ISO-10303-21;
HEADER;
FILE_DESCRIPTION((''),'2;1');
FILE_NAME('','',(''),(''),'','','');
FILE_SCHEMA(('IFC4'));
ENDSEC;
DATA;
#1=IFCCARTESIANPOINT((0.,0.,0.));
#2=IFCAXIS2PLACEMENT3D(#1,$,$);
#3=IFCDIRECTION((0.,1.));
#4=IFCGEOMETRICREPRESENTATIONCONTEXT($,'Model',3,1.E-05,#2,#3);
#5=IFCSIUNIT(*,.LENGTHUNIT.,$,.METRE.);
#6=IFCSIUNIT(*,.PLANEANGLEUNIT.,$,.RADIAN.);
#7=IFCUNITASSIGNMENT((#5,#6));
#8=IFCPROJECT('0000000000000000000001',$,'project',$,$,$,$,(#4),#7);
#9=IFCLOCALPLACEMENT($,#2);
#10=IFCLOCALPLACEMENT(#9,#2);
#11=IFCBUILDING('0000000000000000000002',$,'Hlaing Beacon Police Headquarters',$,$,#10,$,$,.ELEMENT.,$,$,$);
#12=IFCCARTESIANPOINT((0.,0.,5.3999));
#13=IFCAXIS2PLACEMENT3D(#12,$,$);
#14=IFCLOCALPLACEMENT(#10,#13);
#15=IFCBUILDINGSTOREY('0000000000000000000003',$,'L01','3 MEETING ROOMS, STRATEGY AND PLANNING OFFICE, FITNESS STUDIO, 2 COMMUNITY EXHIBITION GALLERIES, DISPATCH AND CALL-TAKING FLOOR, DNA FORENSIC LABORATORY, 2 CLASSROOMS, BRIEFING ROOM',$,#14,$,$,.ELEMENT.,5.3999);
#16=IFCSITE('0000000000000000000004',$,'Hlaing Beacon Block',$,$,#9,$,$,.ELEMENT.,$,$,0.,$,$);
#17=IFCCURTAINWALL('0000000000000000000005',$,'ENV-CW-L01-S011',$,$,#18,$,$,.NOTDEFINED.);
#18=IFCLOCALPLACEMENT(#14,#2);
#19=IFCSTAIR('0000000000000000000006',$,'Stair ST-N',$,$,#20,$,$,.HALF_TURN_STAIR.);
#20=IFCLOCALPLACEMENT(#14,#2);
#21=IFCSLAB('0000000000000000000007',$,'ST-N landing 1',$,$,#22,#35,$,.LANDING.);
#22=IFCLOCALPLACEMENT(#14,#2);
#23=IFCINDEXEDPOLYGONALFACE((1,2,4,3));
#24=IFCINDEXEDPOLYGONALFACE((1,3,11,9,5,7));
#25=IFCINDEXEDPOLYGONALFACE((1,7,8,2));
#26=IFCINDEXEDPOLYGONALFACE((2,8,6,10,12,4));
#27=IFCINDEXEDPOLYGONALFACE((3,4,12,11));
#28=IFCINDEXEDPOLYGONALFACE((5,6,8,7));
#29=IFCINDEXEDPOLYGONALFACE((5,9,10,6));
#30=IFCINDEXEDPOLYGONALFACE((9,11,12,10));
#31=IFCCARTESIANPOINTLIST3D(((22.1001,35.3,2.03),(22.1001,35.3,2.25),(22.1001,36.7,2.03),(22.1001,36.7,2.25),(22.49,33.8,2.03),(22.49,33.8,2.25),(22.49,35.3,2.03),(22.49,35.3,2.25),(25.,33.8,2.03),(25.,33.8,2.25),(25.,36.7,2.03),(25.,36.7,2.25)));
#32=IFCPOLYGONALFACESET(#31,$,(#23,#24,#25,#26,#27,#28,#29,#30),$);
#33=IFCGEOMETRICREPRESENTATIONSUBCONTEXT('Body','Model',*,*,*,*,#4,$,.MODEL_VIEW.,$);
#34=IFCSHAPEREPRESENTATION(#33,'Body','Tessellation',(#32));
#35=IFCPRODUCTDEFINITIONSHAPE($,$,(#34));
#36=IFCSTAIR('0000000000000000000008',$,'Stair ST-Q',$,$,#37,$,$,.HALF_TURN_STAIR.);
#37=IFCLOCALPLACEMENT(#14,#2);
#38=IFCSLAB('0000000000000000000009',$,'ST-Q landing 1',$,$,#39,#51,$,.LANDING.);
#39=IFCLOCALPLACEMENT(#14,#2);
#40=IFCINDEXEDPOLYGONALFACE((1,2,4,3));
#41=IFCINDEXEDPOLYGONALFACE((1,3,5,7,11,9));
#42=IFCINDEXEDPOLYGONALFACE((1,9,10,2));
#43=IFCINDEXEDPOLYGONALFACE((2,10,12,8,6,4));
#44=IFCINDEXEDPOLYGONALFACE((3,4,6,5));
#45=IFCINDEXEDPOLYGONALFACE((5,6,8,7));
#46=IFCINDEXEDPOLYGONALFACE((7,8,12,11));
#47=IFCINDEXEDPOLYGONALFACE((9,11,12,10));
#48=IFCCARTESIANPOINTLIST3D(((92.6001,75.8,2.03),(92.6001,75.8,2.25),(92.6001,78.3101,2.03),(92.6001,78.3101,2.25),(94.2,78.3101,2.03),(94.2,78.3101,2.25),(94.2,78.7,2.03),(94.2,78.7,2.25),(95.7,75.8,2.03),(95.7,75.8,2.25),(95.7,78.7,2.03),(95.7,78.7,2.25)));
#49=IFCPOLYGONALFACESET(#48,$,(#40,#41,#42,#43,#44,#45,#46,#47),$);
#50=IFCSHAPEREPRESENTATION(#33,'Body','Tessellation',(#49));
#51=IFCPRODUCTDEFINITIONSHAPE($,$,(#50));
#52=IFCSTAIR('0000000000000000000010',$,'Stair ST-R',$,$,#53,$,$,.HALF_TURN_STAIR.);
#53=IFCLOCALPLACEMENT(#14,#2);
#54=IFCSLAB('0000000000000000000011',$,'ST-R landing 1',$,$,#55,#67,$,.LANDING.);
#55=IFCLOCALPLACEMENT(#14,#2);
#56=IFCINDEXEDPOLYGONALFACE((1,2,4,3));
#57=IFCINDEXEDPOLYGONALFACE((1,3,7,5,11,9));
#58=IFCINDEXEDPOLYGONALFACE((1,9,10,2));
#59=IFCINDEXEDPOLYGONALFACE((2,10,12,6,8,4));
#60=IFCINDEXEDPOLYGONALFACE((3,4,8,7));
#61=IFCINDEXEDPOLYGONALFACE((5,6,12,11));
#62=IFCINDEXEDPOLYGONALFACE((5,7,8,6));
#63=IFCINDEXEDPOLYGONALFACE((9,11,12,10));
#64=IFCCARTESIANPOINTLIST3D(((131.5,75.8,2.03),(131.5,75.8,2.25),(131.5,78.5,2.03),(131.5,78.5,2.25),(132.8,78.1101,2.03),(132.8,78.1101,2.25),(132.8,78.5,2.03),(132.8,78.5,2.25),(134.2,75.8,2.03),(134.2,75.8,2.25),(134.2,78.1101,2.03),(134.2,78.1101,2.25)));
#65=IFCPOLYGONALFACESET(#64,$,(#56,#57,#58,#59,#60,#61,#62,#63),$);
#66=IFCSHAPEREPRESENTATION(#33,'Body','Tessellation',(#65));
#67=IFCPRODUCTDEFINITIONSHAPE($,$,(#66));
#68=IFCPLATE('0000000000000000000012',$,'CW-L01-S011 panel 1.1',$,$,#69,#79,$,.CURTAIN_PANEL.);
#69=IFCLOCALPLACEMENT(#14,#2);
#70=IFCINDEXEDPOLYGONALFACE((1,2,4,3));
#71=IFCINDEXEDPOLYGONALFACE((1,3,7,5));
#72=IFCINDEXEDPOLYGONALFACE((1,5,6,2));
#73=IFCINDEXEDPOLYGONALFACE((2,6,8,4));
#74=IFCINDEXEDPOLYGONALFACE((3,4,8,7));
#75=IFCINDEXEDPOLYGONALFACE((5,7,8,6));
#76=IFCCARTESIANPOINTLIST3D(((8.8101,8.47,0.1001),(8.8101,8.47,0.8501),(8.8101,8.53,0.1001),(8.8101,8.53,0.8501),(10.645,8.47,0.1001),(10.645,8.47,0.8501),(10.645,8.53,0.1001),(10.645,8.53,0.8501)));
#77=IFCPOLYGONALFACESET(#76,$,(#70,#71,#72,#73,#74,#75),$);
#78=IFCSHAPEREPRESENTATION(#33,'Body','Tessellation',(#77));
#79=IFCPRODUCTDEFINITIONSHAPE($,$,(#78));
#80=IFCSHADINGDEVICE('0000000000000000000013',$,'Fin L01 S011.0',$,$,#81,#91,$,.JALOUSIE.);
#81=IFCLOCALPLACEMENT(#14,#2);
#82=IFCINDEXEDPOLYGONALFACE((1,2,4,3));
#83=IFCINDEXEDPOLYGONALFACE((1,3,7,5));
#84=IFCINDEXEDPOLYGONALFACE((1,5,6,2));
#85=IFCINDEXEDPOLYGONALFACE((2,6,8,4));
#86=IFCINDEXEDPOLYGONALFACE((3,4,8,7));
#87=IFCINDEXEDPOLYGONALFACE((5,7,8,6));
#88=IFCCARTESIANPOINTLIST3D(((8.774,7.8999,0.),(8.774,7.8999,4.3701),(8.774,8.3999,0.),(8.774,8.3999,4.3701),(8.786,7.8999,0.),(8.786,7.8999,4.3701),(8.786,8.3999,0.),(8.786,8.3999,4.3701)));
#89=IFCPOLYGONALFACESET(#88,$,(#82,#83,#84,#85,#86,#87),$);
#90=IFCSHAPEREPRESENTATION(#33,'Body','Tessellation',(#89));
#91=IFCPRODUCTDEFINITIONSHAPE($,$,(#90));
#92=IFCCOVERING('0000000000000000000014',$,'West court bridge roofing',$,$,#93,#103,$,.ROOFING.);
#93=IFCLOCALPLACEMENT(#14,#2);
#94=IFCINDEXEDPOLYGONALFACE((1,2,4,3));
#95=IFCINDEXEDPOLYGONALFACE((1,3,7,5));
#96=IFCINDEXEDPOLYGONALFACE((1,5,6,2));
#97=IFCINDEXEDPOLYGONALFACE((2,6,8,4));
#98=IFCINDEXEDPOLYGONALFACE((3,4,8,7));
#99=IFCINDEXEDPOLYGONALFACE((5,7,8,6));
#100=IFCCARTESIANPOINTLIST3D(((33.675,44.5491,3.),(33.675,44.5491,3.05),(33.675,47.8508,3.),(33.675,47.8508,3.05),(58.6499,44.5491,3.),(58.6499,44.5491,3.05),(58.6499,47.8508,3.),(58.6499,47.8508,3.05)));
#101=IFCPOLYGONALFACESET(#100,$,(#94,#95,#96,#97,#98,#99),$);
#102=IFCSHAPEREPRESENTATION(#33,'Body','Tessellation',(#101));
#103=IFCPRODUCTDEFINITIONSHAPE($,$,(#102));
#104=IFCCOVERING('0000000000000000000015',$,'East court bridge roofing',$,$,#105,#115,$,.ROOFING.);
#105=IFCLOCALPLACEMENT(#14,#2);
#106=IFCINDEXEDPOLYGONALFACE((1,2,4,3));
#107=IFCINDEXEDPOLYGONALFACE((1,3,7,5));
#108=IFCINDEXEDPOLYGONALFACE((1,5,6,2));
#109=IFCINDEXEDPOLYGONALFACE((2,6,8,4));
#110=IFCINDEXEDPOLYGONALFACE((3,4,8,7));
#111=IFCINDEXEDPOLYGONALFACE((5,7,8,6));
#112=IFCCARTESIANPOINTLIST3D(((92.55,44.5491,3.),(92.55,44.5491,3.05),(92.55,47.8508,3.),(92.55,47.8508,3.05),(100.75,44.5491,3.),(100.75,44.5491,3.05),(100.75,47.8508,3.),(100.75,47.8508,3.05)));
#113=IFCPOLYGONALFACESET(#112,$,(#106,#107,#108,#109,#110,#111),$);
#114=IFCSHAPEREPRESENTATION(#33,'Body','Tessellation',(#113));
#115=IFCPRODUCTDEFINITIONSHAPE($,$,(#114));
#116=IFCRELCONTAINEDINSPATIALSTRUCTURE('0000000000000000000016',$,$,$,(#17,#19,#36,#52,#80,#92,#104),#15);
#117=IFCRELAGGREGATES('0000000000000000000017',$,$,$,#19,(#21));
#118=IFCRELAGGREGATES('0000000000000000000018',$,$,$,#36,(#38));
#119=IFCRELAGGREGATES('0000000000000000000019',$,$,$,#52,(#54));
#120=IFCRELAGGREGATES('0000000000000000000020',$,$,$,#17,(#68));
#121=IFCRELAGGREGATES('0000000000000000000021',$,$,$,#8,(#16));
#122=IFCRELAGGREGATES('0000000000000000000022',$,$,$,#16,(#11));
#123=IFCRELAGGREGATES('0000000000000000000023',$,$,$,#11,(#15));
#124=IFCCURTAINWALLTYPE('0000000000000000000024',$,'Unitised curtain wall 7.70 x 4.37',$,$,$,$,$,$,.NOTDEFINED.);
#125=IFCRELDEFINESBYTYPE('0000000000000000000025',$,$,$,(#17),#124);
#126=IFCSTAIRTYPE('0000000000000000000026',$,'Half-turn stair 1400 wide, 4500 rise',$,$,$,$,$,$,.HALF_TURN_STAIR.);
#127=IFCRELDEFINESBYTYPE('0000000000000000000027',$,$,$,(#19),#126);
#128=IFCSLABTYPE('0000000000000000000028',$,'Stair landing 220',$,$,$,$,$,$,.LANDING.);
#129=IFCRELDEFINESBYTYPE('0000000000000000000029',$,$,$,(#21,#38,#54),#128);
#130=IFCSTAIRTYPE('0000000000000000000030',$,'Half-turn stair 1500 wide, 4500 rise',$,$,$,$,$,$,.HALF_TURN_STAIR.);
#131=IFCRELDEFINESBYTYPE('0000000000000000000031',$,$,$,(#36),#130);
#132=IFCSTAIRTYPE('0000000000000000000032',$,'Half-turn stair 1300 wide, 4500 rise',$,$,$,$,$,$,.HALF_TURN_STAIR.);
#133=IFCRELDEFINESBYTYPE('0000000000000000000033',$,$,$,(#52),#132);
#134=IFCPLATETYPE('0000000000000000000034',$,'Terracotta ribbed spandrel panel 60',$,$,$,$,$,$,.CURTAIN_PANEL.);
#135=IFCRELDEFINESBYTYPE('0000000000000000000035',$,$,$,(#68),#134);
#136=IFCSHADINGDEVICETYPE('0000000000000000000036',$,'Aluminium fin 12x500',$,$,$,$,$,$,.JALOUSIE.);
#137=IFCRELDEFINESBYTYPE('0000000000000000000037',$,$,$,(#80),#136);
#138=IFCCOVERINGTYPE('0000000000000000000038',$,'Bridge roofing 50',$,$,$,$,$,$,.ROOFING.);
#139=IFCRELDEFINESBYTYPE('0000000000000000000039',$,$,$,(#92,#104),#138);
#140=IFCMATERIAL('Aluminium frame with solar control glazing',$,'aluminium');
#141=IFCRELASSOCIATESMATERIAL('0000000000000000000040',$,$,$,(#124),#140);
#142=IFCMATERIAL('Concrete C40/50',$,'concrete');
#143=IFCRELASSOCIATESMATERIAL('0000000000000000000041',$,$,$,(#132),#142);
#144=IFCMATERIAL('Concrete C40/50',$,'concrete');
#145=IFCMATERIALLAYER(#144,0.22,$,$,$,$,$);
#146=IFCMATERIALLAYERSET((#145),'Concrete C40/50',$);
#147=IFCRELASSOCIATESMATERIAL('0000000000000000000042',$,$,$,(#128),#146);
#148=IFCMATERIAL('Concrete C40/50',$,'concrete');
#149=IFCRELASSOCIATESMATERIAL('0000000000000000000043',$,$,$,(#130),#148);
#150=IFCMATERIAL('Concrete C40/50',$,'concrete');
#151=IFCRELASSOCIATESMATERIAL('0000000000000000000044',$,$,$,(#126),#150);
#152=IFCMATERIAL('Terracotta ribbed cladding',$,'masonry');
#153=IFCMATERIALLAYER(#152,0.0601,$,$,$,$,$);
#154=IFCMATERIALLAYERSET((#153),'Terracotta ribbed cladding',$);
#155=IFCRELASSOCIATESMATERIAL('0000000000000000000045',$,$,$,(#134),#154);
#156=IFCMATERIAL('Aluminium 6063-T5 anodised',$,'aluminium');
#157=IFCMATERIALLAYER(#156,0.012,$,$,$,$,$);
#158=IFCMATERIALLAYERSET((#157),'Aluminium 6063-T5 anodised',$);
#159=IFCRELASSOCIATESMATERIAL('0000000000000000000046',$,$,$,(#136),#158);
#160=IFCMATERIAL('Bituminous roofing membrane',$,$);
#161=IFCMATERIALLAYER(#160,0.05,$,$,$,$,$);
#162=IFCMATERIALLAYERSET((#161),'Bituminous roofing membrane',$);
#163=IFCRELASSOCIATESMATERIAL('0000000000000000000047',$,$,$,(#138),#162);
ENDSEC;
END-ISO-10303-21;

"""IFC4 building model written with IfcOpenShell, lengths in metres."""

from ifc_helpers import new_model, si_unit, direction, frame, origin, origin_2d, place, context, subcontext, project, spatial, polyline, rectangle, outline, extrude, material, layer, layer_set, type_object, element, aggregate, save


model = new_model("IFC4")

# Units and contexts
model_context = context("Model", 3, precision=1e-05, world=origin(), true_north=direction((0.0, 1.0)))
body_context = subcontext(model_context, "Body", "Model", "MODEL_VIEW")
ifc_project = project(units=[si_unit("LENGTHUNIT", "METRE"), si_unit("PLANEANGLEUNIT", "RADIAN")], contexts=[model_context])

# Site, building, storey
site_placement = place(None, origin())
site = spatial("IfcSite", under=ifc_project, at=site_placement, Name="Hlaing Beacon Block", CompositionType="ELEMENT", RefElevation=0.0)
building_placement = place(site_placement, origin())
building = spatial("IfcBuilding", under=site, at=building_placement, Name="Hlaing Beacon Police Headquarters", CompositionType="ELEMENT")
storey_placement = place(building_placement, frame((0.0, 0.0, 5.3999)))
storey = spatial("IfcBuildingStorey", under=building, at=storey_placement, Name="L01", Description="3 MEETING ROOMS, STRATEGY AND PLANNING OFFICE, FITNESS STUDIO, 2 COMMUNITY EXHIBITION GALLERIES, DISPATCH AND CALL-TAKING FLOOR, DNA FORENSIC LABORATORY, 2 CLASSROOMS, BRIEFING ROOM", CompositionType="ELEMENT", Elevation=5.3999)

# Curtain wall
ifc_material_1 = material(Name="Aluminium frame with solar control glazing", Category="aluminium")
curtain_wall_type = type_object("IfcCurtainWallType", Name="Unitised curtain wall 7.70 x 4.37", PredefinedType="NOTDEFINED", material=ifc_material_1)
curtain_wall_placement = place(storey_placement, origin())
curtain_wall = element("IfcCurtainWall", 1, at=curtain_wall_placement, inside=storey, type_object=curtain_wall_type, Name="ENV-CW-L01-S011", PredefinedType="NOTDEFINED")

# Stairs, slabs
ifc_material_2 = material(Name="Concrete C40/50", Category="concrete")
stair_type_1 = type_object("IfcStairType", Name="Half-turn stair 1300 wide, 4500 rise", PredefinedType="HALF_TURN_STAIR", material=ifc_material_2)
ifc_material_3 = material(Name="Concrete C40/50", Category="concrete")
ifc_layer_1 = layer(ifc_material_3, 0.22)
ifc_layer_set_1 = layer_set([ifc_layer_1], Name="Concrete C40/50")
slab_type_1 = type_object("IfcSlabType", Name="Stair landing 220", PredefinedType="LANDING", material=ifc_layer_set_1)
ifc_material_4 = material(Name="Concrete C40/50", Category="concrete")
stair_type_2 = type_object("IfcStairType", Name="Half-turn stair 1500 wide, 4500 rise", PredefinedType="HALF_TURN_STAIR", material=ifc_material_4)
ifc_material_5 = material(Name="Concrete C40/50", Category="concrete")
stair_type_3 = type_object("IfcStairType", Name="Half-turn stair 1400 wide, 4500 rise", PredefinedType="HALF_TURN_STAIR", material=ifc_material_5)
stair_1_placement = place(storey_placement, origin())
stair_1 = element("IfcStair", 2, at=stair_1_placement, inside=storey, type_object=stair_type_3, Name="Stair ST-N", PredefinedType="HALF_TURN_STAIR")
slab_1_placement = place(storey_placement, frame((0.0, 0.0, 2.03)))
slab_1 = element("IfcSlab", 3, at=slab_1_placement, type_object=slab_type_1, Name="ST-N landing 1", PredefinedType="LANDING", context=body_context, shape_type="SweptSolid", body=[
    extrude(outline(polyline([(22.49, 33.8), (25.0, 33.8), (25.0, 36.7), (22.1001, 36.7), (22.1001, 35.3), (22.49, 35.3), (22.49, 33.8)])), origin(), (0.0, 0.0, 1.0), 0.22),
])
aggregate(stair_1, [slab_1])
stair_2_placement = place(storey_placement, origin())
stair_2 = element("IfcStair", 4, at=stair_2_placement, inside=storey, type_object=stair_type_2, Name="Stair ST-Q", PredefinedType="HALF_TURN_STAIR")
slab_2_placement = place(storey_placement, frame((0.0, 0.0, 2.03)))
slab_2 = element("IfcSlab", 5, at=slab_2_placement, type_object=slab_type_1, Name="ST-Q landing 1", PredefinedType="LANDING", context=body_context, shape_type="SweptSolid", body=[
    extrude(outline(polyline([(92.6001, 78.3101), (92.6001, 75.8), (95.7, 75.8), (95.7, 78.7), (94.2, 78.7), (94.2, 78.3101), (92.6001, 78.3101)])), origin(), (0.0, 0.0, 1.0), 0.22),
])
aggregate(stair_2, [slab_2])
stair_3_placement = place(storey_placement, origin())
stair_3 = element("IfcStair", 6, at=stair_3_placement, inside=storey, type_object=stair_type_1, Name="Stair ST-R", PredefinedType="HALF_TURN_STAIR")
slab_3_placement = place(storey_placement, frame((0.0, 0.0, 2.03)))
slab_3 = element("IfcSlab", 7, at=slab_3_placement, type_object=slab_type_1, Name="ST-R landing 1", PredefinedType="LANDING", context=body_context, shape_type="SweptSolid", body=[
    extrude(outline(polyline([(134.2, 78.1101), (134.2, 75.8), (131.5, 75.8), (131.5, 78.5), (132.8, 78.5), (132.8, 78.1101), (134.2, 78.1101)])), origin(), (0.0, 0.0, 1.0), 0.22),
])
aggregate(stair_3, [slab_3])

# Plate
ifc_material_6 = material(Name="Terracotta ribbed cladding", Category="masonry")
ifc_layer_2 = layer(ifc_material_6, 0.0601)
ifc_layer_set_2 = layer_set([ifc_layer_2], Name="Terracotta ribbed cladding")
plate_type_1 = type_object("IfcPlateType", Name="Terracotta ribbed spandrel panel 60", PredefinedType="CURTAIN_PANEL", material=ifc_layer_set_2)
plate_1_placement = place(storey_placement, frame((9.7275, 8.5, 0.1001), z_axis=(0.0, 0.0, 1.0), x_axis=(1.0, 0.0, 0.0)))
plate_1 = element("IfcPlate", 8, at=plate_1_placement, type_object=plate_type_1, Name="CW-L01-S011 panel 1.1", PredefinedType="CURTAIN_PANEL", context=body_context, shape_type="SweptSolid", body=[
    extrude(rectangle(XDim=1.835, YDim=0.0601, at=origin_2d()), origin(), (0.0, 0.0, 1.0), 0.75),
])
aggregate(curtain_wall, [plate_1])

# Shading device
ifc_material_7 = material(Name="Aluminium 6063-T5 anodised", Category="aluminium")
ifc_layer_3 = layer(ifc_material_7, 0.012)
ifc_layer_set_3 = layer_set([ifc_layer_3], Name="Aluminium 6063-T5 anodised")
shading_device_type = type_object("IfcShadingDeviceType", Name="Aluminium fin 12x500", PredefinedType="JALOUSIE", material=ifc_layer_set_3)
shading_device_placement = place(storey_placement, frame((8.78, 8.1499, 0.0), z_axis=(0.0, 0.0, 1.0), x_axis=(1.0, 0.0, 0.0)))
element("IfcShadingDevice", 9, at=shading_device_placement, inside=storey, type_object=shading_device_type, Name="Fin L01 S011.0", PredefinedType="JALOUSIE", context=body_context, shape_type="SweptSolid", body=[
    extrude(rectangle(XDim=0.012, YDim=0.5, at=origin_2d()), origin(), (0.0, 0.0, 1.0), 4.3701),
])

# Coverings
ifc_material_8 = material(Name="Bituminous roofing membrane")
ifc_layer_4 = layer(ifc_material_8, 0.05)
ifc_layer_set_4 = layer_set([ifc_layer_4], Name="Bituminous roofing membrane")
covering_type = type_object("IfcCoveringType", Name="Bridge roofing 50", PredefinedType="ROOFING", material=ifc_layer_set_4)
covering_1_placement = place(storey_placement, frame((0.0, 0.0, 3.0)))
element("IfcCovering", 10, at=covering_1_placement, inside=storey, type_object=covering_type, Name="West court bridge roofing", PredefinedType="ROOFING", context=body_context, shape_type="SweptSolid", body=[
    extrude(outline(polyline([(33.675, 44.5491), (58.6499, 44.5491), (58.6499, 47.8508), (33.675, 47.8508), (33.675, 44.5491)])), origin(), (0.0, 0.0, 1.0), 0.05),
])
covering_2_placement = place(storey_placement, frame((0.0, 0.0, 3.0)))
element("IfcCovering", 11, at=covering_2_placement, inside=storey, type_object=covering_type, Name="East court bridge roofing", PredefinedType="ROOFING", context=body_context, shape_type="SweptSolid", body=[
    extrude(outline(polyline([(92.55, 44.5491), (100.75, 44.5491), (100.75, 47.8508), (92.55, 47.8508), (92.55, 44.5491)])), origin(), (0.0, 0.0, 1.0), 0.05),
])

save(model, "model.ifc")
